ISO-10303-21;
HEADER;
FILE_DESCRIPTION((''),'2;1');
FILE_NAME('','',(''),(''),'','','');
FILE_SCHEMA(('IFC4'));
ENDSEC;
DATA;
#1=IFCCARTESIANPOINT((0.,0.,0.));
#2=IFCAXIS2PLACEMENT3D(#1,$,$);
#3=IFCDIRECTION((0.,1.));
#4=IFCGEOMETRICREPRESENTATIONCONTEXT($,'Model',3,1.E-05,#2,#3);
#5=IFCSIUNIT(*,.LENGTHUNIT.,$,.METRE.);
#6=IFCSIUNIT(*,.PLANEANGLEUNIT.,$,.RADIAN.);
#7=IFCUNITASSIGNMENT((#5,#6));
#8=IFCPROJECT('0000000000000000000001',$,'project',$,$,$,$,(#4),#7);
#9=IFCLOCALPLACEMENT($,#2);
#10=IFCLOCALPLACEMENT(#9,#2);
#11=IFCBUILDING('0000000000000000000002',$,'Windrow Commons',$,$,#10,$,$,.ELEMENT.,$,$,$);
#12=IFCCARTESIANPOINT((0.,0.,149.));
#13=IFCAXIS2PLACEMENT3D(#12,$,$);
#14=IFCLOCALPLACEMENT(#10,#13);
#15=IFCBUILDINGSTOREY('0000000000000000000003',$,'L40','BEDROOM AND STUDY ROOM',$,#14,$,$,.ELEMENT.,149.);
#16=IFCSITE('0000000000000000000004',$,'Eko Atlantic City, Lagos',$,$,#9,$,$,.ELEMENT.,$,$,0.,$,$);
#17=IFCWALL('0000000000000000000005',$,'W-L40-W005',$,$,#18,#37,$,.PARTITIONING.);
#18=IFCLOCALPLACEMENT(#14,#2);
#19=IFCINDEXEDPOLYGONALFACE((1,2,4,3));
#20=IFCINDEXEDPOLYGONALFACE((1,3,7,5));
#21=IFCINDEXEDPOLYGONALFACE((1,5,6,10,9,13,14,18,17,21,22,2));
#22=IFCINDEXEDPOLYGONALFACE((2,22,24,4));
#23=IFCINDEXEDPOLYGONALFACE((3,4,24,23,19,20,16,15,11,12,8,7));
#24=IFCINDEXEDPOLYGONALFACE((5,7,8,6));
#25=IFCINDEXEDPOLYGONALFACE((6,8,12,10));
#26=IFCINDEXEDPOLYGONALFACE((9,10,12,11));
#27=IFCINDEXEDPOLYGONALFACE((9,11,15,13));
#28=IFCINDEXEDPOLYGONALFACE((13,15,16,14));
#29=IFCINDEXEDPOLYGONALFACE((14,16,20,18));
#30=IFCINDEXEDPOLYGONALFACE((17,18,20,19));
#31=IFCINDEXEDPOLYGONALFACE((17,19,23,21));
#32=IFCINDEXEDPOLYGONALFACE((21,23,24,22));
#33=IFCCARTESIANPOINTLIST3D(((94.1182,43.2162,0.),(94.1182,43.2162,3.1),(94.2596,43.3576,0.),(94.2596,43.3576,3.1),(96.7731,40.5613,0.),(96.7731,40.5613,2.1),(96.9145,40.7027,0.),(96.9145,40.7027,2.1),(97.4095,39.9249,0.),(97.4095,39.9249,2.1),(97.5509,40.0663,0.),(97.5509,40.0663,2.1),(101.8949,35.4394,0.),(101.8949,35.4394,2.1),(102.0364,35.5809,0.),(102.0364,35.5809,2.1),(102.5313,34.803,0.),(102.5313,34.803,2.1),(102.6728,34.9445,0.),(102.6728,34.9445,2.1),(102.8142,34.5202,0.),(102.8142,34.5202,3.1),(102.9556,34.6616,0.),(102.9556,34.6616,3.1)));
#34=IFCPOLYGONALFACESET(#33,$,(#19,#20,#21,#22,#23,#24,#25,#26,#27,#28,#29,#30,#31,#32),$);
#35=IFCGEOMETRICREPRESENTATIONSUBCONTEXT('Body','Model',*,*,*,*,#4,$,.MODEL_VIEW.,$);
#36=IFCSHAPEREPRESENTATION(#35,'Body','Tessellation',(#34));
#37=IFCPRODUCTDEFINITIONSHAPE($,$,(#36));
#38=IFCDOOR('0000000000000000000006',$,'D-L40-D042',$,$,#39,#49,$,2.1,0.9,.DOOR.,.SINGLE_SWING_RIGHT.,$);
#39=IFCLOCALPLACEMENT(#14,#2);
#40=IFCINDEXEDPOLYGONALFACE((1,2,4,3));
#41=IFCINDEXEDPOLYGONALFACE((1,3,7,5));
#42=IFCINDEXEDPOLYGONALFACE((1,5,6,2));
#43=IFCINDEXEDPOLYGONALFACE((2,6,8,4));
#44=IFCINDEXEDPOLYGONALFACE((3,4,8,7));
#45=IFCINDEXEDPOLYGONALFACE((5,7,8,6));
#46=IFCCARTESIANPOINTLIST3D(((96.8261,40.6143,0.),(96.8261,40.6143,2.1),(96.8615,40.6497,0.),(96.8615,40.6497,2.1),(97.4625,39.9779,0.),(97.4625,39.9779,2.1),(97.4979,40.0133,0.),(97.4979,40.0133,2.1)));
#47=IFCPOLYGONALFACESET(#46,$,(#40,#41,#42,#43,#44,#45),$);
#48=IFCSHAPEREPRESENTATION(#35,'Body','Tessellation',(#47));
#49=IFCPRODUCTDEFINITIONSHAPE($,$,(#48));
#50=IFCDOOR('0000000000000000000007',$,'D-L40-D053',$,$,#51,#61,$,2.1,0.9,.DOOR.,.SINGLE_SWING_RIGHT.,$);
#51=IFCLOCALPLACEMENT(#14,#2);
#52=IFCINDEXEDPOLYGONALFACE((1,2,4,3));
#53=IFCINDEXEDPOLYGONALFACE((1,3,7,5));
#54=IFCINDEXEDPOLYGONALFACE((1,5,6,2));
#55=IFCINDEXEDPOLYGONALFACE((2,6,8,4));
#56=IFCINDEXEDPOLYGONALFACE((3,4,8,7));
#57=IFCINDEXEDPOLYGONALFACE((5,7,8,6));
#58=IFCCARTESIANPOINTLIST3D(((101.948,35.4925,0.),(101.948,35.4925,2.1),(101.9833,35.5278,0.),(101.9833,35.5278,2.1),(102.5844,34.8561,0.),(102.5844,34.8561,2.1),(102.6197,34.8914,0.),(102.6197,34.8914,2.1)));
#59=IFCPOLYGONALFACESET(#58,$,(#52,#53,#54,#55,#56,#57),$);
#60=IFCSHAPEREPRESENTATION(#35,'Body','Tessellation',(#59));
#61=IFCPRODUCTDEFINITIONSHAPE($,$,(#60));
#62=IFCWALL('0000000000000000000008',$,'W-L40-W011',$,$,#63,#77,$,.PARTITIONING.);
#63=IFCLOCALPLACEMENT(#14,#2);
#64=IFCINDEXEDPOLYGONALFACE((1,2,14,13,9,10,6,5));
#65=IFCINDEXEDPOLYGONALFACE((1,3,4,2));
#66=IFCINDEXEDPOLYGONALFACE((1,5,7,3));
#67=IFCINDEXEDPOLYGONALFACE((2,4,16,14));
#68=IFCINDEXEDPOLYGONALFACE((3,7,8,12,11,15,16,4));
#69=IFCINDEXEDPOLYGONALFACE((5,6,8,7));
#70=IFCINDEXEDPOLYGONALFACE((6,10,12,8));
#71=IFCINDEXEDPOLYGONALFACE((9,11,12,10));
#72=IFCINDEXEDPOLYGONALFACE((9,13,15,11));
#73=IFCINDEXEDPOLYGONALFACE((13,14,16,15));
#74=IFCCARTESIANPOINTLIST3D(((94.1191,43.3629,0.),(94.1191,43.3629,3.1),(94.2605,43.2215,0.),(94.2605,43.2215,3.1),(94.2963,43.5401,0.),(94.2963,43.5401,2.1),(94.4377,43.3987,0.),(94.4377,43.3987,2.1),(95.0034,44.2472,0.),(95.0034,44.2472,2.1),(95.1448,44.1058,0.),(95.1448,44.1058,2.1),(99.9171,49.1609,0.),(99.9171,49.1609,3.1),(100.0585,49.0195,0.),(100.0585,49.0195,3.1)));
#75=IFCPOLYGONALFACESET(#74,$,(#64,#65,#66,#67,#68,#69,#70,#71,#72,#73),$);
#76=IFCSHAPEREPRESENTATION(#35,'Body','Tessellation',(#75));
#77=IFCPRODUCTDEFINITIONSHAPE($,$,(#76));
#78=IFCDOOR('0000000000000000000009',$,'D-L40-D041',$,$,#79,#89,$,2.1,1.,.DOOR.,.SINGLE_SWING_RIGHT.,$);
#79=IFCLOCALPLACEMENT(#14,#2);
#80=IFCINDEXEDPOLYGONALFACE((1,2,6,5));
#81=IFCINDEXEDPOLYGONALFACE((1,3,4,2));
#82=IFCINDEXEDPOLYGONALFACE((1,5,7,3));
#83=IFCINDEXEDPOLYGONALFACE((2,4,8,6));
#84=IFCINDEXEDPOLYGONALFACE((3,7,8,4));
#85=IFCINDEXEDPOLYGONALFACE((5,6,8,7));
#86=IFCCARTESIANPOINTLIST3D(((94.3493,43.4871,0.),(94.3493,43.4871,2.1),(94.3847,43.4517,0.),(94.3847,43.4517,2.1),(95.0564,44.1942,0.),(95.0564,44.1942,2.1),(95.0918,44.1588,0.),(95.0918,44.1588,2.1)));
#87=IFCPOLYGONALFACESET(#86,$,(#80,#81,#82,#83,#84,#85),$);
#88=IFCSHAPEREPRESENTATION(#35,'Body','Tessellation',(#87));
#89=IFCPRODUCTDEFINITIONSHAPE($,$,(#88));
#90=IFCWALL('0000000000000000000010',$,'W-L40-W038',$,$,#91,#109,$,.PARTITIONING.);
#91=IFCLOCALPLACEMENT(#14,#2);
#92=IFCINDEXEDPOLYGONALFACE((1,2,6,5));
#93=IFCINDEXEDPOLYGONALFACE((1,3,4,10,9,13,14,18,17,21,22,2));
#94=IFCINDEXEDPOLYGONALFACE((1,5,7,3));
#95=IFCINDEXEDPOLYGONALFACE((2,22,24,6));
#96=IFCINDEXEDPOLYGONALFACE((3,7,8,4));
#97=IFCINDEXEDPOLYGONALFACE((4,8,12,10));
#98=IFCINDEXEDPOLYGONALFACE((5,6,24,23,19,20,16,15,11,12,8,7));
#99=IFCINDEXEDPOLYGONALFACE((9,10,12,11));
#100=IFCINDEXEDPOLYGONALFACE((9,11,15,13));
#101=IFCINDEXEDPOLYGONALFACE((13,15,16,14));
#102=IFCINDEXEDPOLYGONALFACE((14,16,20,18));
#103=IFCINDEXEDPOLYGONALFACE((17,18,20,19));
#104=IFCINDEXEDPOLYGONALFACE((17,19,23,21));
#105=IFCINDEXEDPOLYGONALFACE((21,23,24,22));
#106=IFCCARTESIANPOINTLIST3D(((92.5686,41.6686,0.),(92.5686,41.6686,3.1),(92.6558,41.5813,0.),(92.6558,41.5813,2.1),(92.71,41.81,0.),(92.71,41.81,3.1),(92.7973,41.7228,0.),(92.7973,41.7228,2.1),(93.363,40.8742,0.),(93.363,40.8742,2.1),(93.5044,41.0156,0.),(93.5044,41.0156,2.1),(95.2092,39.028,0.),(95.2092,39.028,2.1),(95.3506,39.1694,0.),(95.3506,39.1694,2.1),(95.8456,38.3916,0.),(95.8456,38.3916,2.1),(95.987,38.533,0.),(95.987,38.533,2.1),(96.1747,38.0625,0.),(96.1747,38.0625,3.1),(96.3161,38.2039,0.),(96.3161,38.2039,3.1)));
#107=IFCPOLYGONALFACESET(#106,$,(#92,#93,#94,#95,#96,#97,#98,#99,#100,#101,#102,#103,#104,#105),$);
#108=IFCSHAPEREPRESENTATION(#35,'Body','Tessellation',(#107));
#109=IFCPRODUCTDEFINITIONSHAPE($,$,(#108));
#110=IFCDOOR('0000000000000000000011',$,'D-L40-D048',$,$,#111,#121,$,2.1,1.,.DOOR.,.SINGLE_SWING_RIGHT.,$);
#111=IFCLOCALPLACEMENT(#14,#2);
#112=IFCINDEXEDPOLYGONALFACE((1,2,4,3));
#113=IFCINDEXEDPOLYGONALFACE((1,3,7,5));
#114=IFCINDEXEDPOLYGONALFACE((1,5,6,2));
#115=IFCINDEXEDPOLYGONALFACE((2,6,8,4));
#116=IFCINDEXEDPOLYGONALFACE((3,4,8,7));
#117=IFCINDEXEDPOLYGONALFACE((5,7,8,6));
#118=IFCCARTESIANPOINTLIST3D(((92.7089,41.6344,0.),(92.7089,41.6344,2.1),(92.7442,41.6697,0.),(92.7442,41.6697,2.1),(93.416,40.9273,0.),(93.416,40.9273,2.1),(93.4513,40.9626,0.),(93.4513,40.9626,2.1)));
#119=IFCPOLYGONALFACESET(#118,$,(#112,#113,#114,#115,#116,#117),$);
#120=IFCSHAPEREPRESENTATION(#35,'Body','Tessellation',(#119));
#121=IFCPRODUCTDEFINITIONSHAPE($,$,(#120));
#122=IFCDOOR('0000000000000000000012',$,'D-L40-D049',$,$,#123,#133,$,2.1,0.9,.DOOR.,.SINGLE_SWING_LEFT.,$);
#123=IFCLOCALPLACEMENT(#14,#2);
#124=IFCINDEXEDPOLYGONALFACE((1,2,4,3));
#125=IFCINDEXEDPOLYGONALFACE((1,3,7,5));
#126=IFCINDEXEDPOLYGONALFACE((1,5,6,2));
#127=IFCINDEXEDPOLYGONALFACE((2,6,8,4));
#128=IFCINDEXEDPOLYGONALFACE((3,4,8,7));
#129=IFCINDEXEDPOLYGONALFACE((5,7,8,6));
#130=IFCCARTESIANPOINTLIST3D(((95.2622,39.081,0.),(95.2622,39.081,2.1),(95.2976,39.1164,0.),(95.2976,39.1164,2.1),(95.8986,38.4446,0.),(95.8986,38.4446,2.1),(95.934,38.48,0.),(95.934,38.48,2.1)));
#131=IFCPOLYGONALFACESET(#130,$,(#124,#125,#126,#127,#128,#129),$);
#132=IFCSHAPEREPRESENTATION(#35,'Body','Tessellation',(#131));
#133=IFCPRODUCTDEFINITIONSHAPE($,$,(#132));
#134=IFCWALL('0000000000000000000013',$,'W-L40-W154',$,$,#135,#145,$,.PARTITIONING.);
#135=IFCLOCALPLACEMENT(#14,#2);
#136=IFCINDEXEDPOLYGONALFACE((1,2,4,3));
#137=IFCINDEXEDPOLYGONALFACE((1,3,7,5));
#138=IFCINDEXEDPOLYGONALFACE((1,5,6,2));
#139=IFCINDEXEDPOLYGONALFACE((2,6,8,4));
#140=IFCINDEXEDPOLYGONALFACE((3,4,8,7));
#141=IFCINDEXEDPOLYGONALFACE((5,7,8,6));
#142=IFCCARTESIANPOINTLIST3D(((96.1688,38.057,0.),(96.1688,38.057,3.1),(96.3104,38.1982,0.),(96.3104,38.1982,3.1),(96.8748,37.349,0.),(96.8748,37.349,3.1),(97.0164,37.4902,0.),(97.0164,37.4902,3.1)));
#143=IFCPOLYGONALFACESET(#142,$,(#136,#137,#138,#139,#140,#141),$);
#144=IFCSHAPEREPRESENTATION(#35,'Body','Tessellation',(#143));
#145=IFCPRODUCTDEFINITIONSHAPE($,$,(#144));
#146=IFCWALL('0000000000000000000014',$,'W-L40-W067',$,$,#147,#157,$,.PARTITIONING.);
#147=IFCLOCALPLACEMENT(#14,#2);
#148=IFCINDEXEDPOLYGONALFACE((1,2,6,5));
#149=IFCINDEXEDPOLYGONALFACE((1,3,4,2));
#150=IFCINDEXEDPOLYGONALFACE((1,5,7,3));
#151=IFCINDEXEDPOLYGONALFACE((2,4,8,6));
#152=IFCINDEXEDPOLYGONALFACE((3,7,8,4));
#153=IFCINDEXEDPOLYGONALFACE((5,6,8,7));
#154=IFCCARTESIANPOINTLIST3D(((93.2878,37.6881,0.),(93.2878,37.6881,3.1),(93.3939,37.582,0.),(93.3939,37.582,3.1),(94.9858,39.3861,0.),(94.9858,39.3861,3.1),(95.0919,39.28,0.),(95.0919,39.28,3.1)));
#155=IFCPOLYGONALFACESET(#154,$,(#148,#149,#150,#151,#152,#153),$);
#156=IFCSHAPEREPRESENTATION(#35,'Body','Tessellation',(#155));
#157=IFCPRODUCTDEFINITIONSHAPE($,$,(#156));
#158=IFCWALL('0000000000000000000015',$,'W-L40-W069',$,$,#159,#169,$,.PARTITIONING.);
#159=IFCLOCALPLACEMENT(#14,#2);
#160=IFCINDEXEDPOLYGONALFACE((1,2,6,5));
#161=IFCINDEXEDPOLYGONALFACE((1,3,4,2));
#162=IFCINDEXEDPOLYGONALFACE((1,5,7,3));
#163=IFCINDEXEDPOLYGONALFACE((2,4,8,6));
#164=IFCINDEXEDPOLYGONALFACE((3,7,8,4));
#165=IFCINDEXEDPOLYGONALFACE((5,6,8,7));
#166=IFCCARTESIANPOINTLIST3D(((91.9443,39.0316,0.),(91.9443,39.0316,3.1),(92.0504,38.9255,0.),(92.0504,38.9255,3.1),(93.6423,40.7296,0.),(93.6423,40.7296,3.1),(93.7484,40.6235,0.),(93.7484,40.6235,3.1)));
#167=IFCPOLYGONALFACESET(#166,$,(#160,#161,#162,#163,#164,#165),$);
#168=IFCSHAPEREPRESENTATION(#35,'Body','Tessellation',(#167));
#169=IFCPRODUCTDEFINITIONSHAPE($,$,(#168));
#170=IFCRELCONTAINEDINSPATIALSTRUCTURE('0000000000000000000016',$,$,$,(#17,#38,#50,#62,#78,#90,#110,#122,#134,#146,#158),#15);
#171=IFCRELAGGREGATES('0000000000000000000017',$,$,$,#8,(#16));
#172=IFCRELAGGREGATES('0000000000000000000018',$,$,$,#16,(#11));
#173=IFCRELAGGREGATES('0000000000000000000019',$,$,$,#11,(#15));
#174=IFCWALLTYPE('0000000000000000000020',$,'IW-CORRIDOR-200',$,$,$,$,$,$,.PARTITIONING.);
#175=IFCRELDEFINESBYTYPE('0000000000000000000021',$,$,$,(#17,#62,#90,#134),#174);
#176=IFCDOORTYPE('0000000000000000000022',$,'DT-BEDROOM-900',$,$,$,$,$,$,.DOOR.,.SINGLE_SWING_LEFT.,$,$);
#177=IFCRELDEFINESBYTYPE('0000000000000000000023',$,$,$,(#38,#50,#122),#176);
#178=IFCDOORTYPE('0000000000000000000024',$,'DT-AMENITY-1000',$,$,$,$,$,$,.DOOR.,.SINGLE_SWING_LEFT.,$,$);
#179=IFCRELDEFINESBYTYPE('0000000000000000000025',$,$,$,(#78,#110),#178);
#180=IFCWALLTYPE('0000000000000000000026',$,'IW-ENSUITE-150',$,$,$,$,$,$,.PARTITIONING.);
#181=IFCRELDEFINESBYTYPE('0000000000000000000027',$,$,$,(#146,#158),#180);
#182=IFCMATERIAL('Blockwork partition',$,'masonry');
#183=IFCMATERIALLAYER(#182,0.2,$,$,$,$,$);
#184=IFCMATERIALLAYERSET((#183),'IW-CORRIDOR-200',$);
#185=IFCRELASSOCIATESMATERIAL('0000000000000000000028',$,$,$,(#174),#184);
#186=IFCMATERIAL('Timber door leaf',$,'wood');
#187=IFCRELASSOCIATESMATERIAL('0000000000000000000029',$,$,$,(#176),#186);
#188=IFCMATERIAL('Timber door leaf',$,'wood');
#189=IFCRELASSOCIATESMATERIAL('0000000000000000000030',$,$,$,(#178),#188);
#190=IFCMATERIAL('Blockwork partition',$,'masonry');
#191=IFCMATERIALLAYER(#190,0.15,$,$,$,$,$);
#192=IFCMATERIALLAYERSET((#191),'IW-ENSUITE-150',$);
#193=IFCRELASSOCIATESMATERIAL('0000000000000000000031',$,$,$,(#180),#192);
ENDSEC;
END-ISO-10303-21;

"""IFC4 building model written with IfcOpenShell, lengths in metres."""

from ifc_helpers import new_model, si_unit, direction, frame, frame_2d, origin, place, context, subcontext, project, spatial, rectangle, extrude, material, layer, layer_set, type_object, element, fill, save


model = new_model("IFC4")

# Units and contexts
model_context = context("Model", 3, precision=1e-05, world=origin(), true_north=direction((0.0, 1.0)))
body_context = subcontext(model_context, "Body", "Model", "MODEL_VIEW")
ifc_project = project(units=[si_unit("LENGTHUNIT", "METRE"), si_unit("PLANEANGLEUNIT", "RADIAN")], contexts=[model_context])

# Site, building, storey
site_placement = place(None, origin())
site = spatial("IfcSite", under=ifc_project, at=site_placement, Name="Eko Atlantic City, Lagos", CompositionType="ELEMENT", RefElevation=0.0)
building_placement = place(site_placement, origin())
building = spatial("IfcBuilding", under=site, at=building_placement, Name="Windrow Commons", CompositionType="ELEMENT")
storey_placement = place(building_placement, frame((0.0, 0.0, 149.0)))
storey = spatial("IfcBuildingStorey", under=building, at=storey_placement, Name="L40", Description="BEDROOM AND STUDY ROOM", CompositionType="ELEMENT", Elevation=149.0)

# Wall, openings, doors
ifc_material_1 = material(Name="Blockwork partition", Category="masonry")
ifc_layer_1 = layer(ifc_material_1, 0.2)
ifc_layer_set_1 = layer_set([ifc_layer_1], Name="IW-CORRIDOR-200")
wall_type_1 = type_object("IfcWallType", Name="IW-CORRIDOR-200", PredefinedType="PARTITIONING", material=ifc_layer_set_1)
wall_1_placement = place(storey_placement, frame((94.1889, 43.2869, 0.0), z_axis=(0.0, 0.0, 1.0), x_axis=(0.707107, -0.707107, 0.0)))
wall_1 = element("IfcWall", 1, at=wall_1_placement, inside=storey, type_object=wall_type_1, Name="W-L40-W005", PredefinedType="PARTITIONING", context=body_context, shape_type="SweptSolid", body=[
    extrude(rectangle(XDim=12.298, YDim=0.2, at=frame_2d((6.149, 0.0))), origin(), (0.0, 0.0, 1.0), 3.1),
])
opening_1_placement = place(wall_1_placement, frame((3.7546, 0.0, 0.0)))
opening_1 = element("IfcOpeningElement", 2, at=opening_1_placement, cuts=wall_1, PredefinedType="OPENING", context=body_context, shape_type="SweptSolid", body=[
    extrude(rectangle(XDim=0.9, YDim=2.1, at=frame_2d((0.45, 1.05))), frame((0.0, 0.11, 0.0), z_axis=(0.0, -1.0, 0.0), x_axis=(1.0, 0.0, 0.0)), (0.0, 0.0, 1.0), 0.22),
])
opening_2_placement = place(wall_1_placement, frame((10.998, 0.0, 0.0)))
opening_2 = element("IfcOpeningElement", 3, at=opening_2_placement, cuts=wall_1, PredefinedType="OPENING", context=body_context, shape_type="SweptSolid", body=[
    extrude(rectangle(XDim=0.9, YDim=2.1, at=frame_2d((0.45, 1.05))), frame((0.0, 0.11, 0.0), z_axis=(0.0, -1.0, 0.0), x_axis=(1.0, 0.0, 0.0)), (0.0, 0.0, 1.0), 0.22),
])
ifc_material_2 = material(Name="Timber door leaf", Category="wood")
door_type_1 = type_object("IfcDoorType", Name="DT-BEDROOM-900", OperationType="SINGLE_SWING_LEFT", PredefinedType="DOOR", material=ifc_material_2)
door_1_placement = place(opening_1_placement, origin())
door_1 = element("IfcDoor", 4, at=door_1_placement, inside=storey, type_object=door_type_1, Name="D-L40-D042", OperationType="SINGLE_SWING_RIGHT", OverallHeight=2.1, OverallWidth=0.9, PredefinedType="DOOR", context=body_context, shape_type="SweptSolid", body=[
    extrude(rectangle(XDim=0.9, YDim=2.1, at=frame_2d((0.45, 1.05))), frame((0.0, 0.025, 0.0), z_axis=(0.0, -1.0, 0.0), x_axis=(1.0, 0.0, 0.0)), (0.0, 0.0, 1.0), 0.05),
])
fill(opening_1, door_1)
door_2_placement = place(opening_2_placement, origin())
door_2 = element("IfcDoor", 5, at=door_2_placement, inside=storey, type_object=door_type_1, Name="D-L40-D053", OperationType="SINGLE_SWING_RIGHT", OverallHeight=2.1, OverallWidth=0.9, PredefinedType="DOOR", context=body_context, shape_type="SweptSolid", body=[
    extrude(rectangle(XDim=0.9, YDim=2.1, at=frame_2d((0.45, 1.05))), frame((0.0, 0.025, 0.0), z_axis=(0.0, -1.0, 0.0), x_axis=(1.0, 0.0, 0.0)), (0.0, 0.0, 1.0), 0.05),
])
fill(opening_2, door_2)

# Wall, opening, door
wall_2_placement = place(storey_placement, frame((94.1898, 43.2922, 0.0), z_axis=(0.0, 0.0, 1.0), x_axis=(0.707107, 0.707107, 0.0)))
wall_2 = element("IfcWall", 6, at=wall_2_placement, inside=storey, type_object=wall_type_1, Name="W-L40-W011", PredefinedType="PARTITIONING", context=body_context, shape_type="SweptSolid", body=[
    extrude(rectangle(XDim=8.1996, YDim=0.2, at=frame_2d((4.0998, 0.0))), origin(), (0.0, 0.0, 1.0), 3.1),
])
opening_3_placement = place(wall_2_placement, frame((0.2506, 0.0, 0.0)))
opening_3 = element("IfcOpeningElement", 7, at=opening_3_placement, cuts=wall_2, PredefinedType="OPENING", context=body_context, shape_type="SweptSolid", body=[
    extrude(rectangle(XDim=1.0, YDim=2.1, at=frame_2d((0.5, 1.05))), frame((0.0, 0.11, 0.0), z_axis=(0.0, -1.0, 0.0), x_axis=(1.0, 0.0, 0.0)), (0.0, 0.0, 1.0), 0.22),
])
ifc_material_3 = material(Name="Timber door leaf", Category="wood")
door_type_2 = type_object("IfcDoorType", Name="DT-AMENITY-1000", OperationType="SINGLE_SWING_LEFT", PredefinedType="DOOR", material=ifc_material_3)
door_3_placement = place(opening_3_placement, origin())
door_3 = element("IfcDoor", 8, at=door_3_placement, inside=storey, type_object=door_type_2, Name="D-L40-D041", OperationType="SINGLE_SWING_RIGHT", OverallHeight=2.1, OverallWidth=1.0, PredefinedType="DOOR", context=body_context, shape_type="SweptSolid", body=[
    extrude(rectangle(XDim=1.0, YDim=2.1, at=frame_2d((0.5, 1.05))), frame((0.0, 0.025, 0.0), z_axis=(0.0, -1.0, 0.0), x_axis=(1.0, 0.0, 0.0)), (0.0, 0.0, 1.0), 0.05),
])
fill(opening_3, door_3)

# Wall, openings, doors
wall_3_placement = place(storey_placement, frame((92.6393, 41.7393, 0.0), z_axis=(0.0, 0.0, 1.0), x_axis=(0.707107, -0.707107, 0.0)))
wall_3 = element("IfcWall", 9, at=wall_3_placement, inside=storey, type_object=wall_type_1, Name="W-L40-W038", PredefinedType="PARTITIONING", context=body_context, shape_type="SweptSolid", body=[
    extrude(rectangle(XDim=5.0997, YDim=0.2, at=frame_2d((2.5499, 0.0))), origin(), (0.0, 0.0, 1.0), 3.1),
])
opening_4_placement = place(wall_3_placement, frame((0.1234, 0.0, 0.0)))
opening_4 = element("IfcOpeningElement", 10, at=opening_4_placement, cuts=wall_3, PredefinedType="OPENING", context=body_context, shape_type="SweptSolid", body=[
    extrude(rectangle(XDim=1.0, YDim=2.1, at=frame_2d((0.5, 1.05))), frame((0.0, 0.11, 0.0), z_axis=(0.0, -1.0, 0.0), x_axis=(1.0, 0.0, 0.0)), (0.0, 0.0, 1.0), 0.22),
])
opening_5_placement = place(wall_3_placement, frame((3.7344, 0.0, 0.0)))
opening_5 = element("IfcOpeningElement", 11, at=opening_5_placement, cuts=wall_3, PredefinedType="OPENING", context=body_context, shape_type="SweptSolid", body=[
    extrude(rectangle(XDim=0.9, YDim=2.1, at=frame_2d((0.45, 1.05))), frame((0.0, 0.11, 0.0), z_axis=(0.0, -1.0, 0.0), x_axis=(1.0, 0.0, 0.0)), (0.0, 0.0, 1.0), 0.22),
])
door_4_placement = place(opening_4_placement, origin())
door_4 = element("IfcDoor", 12, at=door_4_placement, inside=storey, type_object=door_type_2, Name="D-L40-D048", OperationType="SINGLE_SWING_RIGHT", OverallHeight=2.1, OverallWidth=1.0, PredefinedType="DOOR", context=body_context, shape_type="SweptSolid", body=[
    extrude(rectangle(XDim=1.0, YDim=2.1, at=frame_2d((0.5, 1.05))), frame((0.0, 0.025, 0.0), z_axis=(0.0, -1.0, 0.0), x_axis=(1.0, 0.0, 0.0)), (0.0, 0.0, 1.0), 0.05),
])
fill(opening_4, door_4)
door_5_placement = place(opening_5_placement, origin())
door_5 = element("IfcDoor", 13, at=door_5_placement, inside=storey, type_object=door_type_1, Name="D-L40-D049", OperationType="SINGLE_SWING_LEFT", OverallHeight=2.1, OverallWidth=0.9, PredefinedType="DOOR", context=body_context, shape_type="SweptSolid", body=[
    extrude(rectangle(XDim=0.9, YDim=2.1, at=frame_2d((0.45, 1.05))), frame((0.0, 0.025, 0.0), z_axis=(0.0, -1.0, 0.0), x_axis=(1.0, 0.0, 0.0)), (0.0, 0.0, 1.0), 0.05),
])
fill(opening_5, door_5)

# Walls
wall_4_placement = place(storey_placement, frame((96.2396, 38.1276, 0.0), z_axis=(0.0, 0.0, 1.0), x_axis=(0.706106, -0.708106, 0.0)))
element("IfcWall", 14, at=wall_4_placement, inside=storey, type_object=wall_type_1, Name="W-L40-W154", PredefinedType="PARTITIONING", context=body_context, shape_type="SweptSolid", body=[
    extrude(rectangle(XDim=0.9998, YDim=0.2, at=frame_2d((0.4999, 0.0))), origin(), (0.0, 0.0, 1.0), 3.1),
])
ifc_material_4 = material(Name="Blockwork partition", Category="masonry")
ifc_layer_2 = layer(ifc_material_4, 0.15)
ifc_layer_set_2 = layer_set([ifc_layer_2], Name="IW-ENSUITE-150")
wall_type_2 = type_object("IfcWallType", Name="IW-ENSUITE-150", PredefinedType="PARTITIONING", material=ifc_layer_set_2)
for number, where, z_axis, x_axis, name in (
    (15, (93.3409, 37.6351, 0.0), (0.0, 0.0, 1.0), (0.707107, 0.707107, 0.0), "W-L40-W067"),
    (16, (91.9974, 38.9786, 0.0), (0.0, 0.0, 1.0), (0.707107, 0.707107, 0.0), "W-L40-W069"),
):
    element("IfcWall", number, at=place(storey_placement, frame(where, z_axis=z_axis, x_axis=x_axis)), inside=storey, type_object=wall_type_2, Name=name, PredefinedType="PARTITIONING", context=body_context, shape_type="SweptSolid", body=[
        extrude(rectangle(XDim=2.4013, YDim=0.15, at=frame_2d((1.2006, 0.0))), origin(), (0.0, 0.0, 1.0), 3.1),
    ])

save(model, "model.ifc")
